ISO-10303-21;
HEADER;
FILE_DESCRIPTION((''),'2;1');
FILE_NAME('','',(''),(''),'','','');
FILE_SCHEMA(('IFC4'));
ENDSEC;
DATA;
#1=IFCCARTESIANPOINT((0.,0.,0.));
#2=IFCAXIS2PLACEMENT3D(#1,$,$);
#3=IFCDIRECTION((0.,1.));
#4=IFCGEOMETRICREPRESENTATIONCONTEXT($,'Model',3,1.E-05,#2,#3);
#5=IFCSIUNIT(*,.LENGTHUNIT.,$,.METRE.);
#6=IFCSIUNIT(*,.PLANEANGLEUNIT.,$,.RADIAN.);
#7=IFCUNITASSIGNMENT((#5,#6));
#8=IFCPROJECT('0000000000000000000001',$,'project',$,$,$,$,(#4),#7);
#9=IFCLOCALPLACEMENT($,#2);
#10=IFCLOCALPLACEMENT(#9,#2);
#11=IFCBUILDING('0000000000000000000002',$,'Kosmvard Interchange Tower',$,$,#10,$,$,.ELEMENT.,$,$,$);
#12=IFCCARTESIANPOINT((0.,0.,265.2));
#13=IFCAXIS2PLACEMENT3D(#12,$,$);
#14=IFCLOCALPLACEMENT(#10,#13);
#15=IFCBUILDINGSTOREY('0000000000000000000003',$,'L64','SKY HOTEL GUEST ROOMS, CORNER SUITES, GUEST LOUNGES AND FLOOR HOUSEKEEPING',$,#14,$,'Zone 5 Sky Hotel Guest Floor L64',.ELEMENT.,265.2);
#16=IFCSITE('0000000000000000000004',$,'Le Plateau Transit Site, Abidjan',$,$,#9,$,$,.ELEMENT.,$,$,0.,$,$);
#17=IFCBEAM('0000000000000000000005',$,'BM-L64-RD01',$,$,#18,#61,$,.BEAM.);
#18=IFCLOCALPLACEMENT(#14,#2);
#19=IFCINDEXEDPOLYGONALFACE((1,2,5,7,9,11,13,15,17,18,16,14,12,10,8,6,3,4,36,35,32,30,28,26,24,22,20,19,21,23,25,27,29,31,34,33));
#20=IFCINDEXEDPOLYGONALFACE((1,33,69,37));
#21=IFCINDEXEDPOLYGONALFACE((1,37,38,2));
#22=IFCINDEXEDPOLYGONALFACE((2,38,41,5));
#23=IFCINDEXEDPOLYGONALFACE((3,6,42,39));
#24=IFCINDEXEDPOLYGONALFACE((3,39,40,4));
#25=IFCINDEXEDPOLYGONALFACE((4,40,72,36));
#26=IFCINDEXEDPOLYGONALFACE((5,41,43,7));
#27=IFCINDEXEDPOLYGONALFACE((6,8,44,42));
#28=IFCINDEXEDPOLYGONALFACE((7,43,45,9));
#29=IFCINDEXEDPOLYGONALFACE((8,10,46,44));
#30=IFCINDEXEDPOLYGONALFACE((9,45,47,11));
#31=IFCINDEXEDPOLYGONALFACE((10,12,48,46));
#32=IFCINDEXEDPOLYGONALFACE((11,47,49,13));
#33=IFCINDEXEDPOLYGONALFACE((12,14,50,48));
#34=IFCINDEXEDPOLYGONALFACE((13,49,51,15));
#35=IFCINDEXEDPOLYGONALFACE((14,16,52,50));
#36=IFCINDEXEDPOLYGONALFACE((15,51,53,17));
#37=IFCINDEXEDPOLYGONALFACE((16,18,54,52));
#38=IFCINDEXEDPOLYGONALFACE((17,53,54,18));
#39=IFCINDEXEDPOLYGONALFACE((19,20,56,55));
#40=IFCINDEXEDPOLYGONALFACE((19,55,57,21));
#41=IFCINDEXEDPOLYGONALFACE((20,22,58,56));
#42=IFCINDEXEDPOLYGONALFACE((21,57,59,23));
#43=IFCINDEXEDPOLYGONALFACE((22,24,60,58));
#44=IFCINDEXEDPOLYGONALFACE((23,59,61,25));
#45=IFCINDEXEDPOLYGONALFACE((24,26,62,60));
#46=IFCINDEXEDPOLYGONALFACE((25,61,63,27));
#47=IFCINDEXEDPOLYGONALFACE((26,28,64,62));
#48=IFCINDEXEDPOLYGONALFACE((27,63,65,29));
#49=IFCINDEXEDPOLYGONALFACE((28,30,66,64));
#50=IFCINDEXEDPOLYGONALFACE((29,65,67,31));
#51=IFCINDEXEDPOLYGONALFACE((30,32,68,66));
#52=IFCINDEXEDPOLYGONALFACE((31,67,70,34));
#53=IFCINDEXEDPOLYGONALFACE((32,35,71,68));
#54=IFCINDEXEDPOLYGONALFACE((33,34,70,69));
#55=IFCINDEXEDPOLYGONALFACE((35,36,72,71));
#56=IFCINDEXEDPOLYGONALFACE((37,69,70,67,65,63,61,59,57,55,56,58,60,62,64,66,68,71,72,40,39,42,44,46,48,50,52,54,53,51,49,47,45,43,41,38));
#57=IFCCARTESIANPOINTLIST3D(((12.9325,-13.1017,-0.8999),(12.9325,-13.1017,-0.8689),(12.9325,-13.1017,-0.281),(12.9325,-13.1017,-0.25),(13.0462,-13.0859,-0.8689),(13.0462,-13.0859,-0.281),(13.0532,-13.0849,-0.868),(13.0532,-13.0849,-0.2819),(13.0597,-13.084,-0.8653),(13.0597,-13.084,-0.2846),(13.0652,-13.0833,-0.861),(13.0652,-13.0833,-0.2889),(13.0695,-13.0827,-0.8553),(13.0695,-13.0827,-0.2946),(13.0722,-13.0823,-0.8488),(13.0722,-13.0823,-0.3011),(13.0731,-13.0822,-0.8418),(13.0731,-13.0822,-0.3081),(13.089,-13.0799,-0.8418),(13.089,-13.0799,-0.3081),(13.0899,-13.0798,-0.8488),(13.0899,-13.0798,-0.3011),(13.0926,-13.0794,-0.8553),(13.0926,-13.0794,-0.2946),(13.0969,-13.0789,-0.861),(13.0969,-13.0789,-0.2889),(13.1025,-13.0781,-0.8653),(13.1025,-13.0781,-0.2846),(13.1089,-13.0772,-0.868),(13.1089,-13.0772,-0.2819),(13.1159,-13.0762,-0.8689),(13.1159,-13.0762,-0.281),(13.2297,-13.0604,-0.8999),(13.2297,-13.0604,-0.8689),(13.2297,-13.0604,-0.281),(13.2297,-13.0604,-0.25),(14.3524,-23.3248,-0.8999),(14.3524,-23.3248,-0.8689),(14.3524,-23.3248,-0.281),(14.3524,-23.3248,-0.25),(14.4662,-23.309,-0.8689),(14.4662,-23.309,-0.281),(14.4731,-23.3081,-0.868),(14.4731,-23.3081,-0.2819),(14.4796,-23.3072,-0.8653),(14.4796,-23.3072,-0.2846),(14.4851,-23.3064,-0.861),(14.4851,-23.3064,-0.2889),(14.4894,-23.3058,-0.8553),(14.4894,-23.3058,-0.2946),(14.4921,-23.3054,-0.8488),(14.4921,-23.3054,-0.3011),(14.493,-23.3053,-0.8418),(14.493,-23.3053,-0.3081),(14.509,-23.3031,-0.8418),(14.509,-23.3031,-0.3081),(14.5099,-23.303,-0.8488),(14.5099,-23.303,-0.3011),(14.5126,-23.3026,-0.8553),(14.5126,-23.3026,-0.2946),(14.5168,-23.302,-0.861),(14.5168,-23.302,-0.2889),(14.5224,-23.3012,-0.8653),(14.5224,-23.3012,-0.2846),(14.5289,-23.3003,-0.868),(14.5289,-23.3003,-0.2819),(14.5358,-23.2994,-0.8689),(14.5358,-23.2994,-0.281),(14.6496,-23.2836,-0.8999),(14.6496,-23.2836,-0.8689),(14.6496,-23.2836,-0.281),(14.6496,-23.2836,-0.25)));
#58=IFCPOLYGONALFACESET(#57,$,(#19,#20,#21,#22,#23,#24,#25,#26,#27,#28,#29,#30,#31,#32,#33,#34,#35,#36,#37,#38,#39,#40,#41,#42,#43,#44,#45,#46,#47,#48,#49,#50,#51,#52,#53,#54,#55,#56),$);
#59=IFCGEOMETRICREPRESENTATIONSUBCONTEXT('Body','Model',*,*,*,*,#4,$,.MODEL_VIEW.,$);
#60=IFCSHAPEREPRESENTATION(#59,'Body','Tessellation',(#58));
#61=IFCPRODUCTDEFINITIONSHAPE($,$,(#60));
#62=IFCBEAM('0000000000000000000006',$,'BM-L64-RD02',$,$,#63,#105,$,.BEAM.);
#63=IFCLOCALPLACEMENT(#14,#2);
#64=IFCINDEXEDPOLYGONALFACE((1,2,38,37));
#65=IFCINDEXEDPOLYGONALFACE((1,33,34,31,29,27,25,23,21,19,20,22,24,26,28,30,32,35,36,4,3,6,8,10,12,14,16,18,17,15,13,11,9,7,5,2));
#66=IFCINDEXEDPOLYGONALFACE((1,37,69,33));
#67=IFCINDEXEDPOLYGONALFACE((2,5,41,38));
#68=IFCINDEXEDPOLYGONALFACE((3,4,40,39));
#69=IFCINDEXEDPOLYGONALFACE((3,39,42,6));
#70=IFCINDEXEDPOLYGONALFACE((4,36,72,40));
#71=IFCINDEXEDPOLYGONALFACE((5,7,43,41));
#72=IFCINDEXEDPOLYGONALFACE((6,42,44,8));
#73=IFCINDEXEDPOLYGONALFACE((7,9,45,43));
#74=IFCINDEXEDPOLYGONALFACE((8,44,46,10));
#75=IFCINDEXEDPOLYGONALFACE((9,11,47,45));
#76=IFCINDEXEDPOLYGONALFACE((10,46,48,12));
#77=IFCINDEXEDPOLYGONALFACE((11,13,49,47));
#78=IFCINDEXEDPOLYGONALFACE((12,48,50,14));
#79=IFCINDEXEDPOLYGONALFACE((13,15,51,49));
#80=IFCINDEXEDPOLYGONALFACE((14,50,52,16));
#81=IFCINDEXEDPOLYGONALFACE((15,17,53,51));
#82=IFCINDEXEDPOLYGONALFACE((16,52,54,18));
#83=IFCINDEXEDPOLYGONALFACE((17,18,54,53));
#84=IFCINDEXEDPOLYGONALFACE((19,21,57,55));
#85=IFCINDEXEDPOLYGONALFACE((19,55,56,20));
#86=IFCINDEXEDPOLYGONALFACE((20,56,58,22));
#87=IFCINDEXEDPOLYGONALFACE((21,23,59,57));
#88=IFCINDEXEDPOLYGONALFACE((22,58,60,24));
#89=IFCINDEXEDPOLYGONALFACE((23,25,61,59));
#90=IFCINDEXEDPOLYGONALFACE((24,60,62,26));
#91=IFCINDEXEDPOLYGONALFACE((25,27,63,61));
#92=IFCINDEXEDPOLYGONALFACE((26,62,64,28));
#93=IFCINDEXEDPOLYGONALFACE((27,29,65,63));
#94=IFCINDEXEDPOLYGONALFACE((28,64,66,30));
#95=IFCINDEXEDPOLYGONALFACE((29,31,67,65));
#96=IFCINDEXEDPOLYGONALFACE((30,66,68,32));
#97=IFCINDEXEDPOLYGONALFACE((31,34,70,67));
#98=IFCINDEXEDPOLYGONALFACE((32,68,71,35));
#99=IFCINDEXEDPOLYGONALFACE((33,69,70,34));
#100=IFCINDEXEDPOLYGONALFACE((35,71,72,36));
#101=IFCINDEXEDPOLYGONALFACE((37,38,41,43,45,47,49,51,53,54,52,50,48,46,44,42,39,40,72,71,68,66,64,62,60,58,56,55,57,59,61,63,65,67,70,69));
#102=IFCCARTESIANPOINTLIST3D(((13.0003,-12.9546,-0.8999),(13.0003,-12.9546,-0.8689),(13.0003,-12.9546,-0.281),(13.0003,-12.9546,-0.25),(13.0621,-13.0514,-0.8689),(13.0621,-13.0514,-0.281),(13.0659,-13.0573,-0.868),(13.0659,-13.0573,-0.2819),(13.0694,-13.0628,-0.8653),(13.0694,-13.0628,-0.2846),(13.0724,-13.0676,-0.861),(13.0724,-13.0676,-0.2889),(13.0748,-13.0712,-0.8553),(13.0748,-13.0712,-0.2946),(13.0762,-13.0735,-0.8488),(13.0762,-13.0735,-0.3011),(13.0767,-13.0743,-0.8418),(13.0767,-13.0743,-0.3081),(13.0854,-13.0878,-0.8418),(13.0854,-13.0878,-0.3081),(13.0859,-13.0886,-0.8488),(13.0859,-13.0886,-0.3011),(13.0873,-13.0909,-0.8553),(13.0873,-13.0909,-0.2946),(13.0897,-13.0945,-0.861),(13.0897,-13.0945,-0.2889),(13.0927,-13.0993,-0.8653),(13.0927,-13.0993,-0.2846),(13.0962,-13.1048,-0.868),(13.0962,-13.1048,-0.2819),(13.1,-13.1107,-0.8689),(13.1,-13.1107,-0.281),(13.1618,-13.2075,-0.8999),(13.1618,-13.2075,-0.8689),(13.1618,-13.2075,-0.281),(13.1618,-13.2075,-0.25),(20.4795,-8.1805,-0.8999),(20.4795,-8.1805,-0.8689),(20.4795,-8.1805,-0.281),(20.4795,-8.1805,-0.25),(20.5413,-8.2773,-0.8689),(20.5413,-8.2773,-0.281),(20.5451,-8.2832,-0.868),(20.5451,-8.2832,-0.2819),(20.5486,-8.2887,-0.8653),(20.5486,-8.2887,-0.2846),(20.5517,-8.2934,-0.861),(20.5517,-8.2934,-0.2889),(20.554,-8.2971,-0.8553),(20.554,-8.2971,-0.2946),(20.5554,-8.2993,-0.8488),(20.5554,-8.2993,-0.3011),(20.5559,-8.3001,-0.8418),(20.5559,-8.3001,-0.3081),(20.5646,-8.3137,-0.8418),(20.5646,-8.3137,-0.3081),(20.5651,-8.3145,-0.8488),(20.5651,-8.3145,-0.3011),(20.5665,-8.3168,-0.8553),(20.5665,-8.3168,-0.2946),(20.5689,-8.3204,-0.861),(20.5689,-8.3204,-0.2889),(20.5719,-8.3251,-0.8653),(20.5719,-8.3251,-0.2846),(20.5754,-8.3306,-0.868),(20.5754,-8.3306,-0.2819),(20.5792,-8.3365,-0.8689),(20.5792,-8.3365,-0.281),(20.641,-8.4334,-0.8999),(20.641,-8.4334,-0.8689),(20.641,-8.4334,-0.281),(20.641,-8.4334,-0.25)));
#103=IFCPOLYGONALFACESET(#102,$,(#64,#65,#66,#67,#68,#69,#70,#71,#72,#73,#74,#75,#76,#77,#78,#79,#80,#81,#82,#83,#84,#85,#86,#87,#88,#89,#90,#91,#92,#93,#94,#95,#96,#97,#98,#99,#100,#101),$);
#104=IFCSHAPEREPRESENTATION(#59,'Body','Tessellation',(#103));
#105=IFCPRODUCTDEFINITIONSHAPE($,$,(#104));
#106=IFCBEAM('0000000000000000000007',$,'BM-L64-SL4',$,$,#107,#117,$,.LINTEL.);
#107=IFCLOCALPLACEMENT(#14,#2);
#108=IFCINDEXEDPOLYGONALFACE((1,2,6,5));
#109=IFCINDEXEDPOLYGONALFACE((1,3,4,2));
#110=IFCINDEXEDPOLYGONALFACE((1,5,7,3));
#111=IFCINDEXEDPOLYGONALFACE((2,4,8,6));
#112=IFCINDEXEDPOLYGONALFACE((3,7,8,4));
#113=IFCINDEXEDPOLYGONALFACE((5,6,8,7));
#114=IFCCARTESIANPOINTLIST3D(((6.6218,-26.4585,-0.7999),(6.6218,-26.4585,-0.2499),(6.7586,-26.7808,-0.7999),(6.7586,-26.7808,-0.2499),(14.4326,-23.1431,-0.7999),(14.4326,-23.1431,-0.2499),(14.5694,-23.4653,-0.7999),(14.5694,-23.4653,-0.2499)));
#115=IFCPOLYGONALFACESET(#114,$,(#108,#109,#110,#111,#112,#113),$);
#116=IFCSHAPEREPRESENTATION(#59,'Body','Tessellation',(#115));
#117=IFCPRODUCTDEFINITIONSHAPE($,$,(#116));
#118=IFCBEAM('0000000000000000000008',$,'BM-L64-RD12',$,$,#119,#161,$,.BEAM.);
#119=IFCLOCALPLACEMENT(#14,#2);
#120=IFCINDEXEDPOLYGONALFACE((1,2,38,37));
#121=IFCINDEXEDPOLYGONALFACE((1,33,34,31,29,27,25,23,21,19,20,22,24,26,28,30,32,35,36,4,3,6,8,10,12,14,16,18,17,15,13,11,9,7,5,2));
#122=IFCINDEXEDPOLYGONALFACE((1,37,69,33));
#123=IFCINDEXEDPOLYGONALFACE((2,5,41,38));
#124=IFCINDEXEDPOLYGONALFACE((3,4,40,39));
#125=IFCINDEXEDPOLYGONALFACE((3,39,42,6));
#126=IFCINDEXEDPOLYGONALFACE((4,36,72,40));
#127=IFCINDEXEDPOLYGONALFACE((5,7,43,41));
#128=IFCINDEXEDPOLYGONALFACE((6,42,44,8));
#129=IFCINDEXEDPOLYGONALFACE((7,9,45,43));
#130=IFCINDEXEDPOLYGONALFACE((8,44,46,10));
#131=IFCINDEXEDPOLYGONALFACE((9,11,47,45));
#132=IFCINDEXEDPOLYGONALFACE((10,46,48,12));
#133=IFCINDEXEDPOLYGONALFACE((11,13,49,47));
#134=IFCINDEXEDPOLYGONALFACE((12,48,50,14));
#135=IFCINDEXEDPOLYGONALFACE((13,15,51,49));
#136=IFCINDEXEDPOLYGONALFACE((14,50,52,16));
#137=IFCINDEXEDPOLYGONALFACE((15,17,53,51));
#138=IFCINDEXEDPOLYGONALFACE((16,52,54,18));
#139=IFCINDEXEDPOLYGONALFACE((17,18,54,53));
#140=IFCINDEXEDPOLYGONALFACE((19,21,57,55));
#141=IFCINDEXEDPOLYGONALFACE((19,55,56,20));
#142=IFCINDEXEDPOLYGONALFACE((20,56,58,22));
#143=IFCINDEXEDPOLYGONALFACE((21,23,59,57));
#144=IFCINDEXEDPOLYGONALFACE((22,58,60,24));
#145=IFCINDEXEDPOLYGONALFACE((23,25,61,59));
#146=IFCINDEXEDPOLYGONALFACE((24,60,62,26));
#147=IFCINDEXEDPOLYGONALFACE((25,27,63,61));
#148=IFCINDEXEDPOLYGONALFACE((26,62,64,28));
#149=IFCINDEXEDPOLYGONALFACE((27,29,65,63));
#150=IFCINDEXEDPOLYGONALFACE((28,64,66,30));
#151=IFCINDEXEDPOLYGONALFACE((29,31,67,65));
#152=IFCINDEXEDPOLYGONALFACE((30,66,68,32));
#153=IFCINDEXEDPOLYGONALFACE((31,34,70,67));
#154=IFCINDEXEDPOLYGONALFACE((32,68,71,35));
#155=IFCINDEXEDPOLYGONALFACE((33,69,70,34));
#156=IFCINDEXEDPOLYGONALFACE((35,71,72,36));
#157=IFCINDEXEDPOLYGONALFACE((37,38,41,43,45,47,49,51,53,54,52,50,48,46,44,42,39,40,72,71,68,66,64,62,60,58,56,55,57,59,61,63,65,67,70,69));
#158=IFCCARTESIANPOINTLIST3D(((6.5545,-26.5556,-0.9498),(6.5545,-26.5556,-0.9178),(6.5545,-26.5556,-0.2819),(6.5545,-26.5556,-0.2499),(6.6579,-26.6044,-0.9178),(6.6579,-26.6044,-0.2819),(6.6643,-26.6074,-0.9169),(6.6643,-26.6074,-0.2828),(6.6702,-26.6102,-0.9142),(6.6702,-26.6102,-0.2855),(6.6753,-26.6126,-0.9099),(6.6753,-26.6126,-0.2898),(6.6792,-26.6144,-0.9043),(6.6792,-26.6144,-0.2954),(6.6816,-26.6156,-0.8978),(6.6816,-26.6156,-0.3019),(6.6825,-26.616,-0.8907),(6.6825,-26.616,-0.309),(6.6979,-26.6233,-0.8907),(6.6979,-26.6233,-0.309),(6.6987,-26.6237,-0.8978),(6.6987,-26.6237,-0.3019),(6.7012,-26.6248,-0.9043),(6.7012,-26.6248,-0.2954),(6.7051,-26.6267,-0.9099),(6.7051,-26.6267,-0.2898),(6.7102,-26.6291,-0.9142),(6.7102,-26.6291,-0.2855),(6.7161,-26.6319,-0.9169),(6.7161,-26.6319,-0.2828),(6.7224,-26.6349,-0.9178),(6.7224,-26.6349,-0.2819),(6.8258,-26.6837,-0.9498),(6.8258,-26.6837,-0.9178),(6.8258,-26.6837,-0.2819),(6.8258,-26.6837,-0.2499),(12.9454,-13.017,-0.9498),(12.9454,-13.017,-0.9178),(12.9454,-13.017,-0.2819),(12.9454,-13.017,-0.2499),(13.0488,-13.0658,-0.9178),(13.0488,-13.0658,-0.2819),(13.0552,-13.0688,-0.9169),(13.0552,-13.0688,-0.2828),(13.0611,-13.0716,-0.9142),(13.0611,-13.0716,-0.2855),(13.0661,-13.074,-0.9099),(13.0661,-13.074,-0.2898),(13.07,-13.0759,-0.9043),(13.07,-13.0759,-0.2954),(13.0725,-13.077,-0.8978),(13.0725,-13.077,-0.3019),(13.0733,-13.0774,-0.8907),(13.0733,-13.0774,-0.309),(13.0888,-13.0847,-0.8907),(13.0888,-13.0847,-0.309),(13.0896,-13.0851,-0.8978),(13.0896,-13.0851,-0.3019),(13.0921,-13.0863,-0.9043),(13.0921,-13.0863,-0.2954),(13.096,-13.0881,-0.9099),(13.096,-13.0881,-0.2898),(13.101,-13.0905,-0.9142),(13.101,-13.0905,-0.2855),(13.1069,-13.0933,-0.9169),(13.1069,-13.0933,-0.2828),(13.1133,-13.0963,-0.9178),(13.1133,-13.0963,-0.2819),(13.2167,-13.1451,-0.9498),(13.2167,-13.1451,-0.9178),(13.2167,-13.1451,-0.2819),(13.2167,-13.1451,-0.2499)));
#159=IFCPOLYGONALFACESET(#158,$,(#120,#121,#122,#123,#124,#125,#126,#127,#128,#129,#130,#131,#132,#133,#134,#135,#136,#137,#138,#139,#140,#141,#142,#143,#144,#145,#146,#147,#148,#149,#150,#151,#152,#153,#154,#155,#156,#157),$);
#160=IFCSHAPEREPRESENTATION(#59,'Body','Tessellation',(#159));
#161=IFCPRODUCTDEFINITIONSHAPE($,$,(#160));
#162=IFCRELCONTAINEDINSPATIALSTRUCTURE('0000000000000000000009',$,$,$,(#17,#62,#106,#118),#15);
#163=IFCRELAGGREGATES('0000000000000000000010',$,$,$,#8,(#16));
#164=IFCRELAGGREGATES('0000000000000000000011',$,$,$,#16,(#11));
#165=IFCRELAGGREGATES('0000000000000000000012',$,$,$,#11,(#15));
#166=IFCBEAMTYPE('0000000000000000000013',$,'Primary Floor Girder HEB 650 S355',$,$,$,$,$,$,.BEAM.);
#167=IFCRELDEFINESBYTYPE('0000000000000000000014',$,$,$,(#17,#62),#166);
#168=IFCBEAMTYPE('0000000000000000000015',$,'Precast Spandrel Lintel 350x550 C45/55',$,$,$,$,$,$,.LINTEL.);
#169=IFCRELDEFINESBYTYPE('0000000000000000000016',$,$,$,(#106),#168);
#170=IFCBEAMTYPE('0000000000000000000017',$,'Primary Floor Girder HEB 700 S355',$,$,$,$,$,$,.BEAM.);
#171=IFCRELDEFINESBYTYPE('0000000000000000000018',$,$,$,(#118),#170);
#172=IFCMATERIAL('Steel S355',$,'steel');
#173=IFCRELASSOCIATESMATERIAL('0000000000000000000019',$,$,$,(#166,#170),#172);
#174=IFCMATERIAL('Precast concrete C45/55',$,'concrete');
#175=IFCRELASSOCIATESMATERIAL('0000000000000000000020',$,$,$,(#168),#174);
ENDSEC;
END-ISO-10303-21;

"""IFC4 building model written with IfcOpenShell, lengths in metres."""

from ifc_helpers import new_model, si_unit, direction, frame, origin, origin_2d, place, context, subcontext, project, spatial, rectangle, i_section, extrude, source, transform, mapped, material, material_profile, profile_set, type_object, element, save


model = new_model("IFC4")

# Units and contexts
model_context = context("Model", 3, precision=1e-05, world=origin(), true_north=direction((0.0, 1.0)))
body_context = subcontext(model_context, "Body", "Model", "MODEL_VIEW")
ifc_project = project(units=[si_unit("LENGTHUNIT", "METRE"), si_unit("PLANEANGLEUNIT", "RADIAN")], contexts=[model_context])

# Site, building, storey
site_placement = place(None, origin())
site = spatial("IfcSite", under=ifc_project, at=site_placement, Name="Le Plateau Transit Site, Abidjan", CompositionType="ELEMENT", RefElevation=0.0)
building_placement = place(site_placement, origin())
building = spatial("IfcBuilding", under=site, at=building_placement, Name="Kosmvard Interchange Tower", CompositionType="ELEMENT")
storey_placement = place(building_placement, frame((0.0, 0.0, 265.2)))
storey = spatial("IfcBuildingStorey", under=building, at=storey_placement, Name="L64", Description="SKY HOTEL GUEST ROOMS, CORNER SUITES, GUEST LOUNGES AND FLOOR HOUSEKEEPING", LongName="Zone 5 Sky Hotel Guest Floor L64", CompositionType="ELEMENT", Elevation=265.2)

# Beams
ifc_material_1 = material(Name="Steel S355", Category="steel")
ifc_material_profile_1 = material_profile(ifc_material_1, i_section(OverallWidth=0.3, OverallDepth=0.6499, WebThickness=0.0161, FlangeThickness=0.031, FilletRadius=0.0271, at=origin_2d()), Name="HEB 650")
ifc_profile_set_1 = profile_set([ifc_material_profile_1], Name="Steel S355")
beam_type_1 = type_object("IfcBeamType", Name="Primary Floor Girder HEB 650 S355", PredefinedType="BEAM", material=ifc_profile_set_1)
shared_shape_1 = source(origin(), body_context, "Body", "SweptSolid", [
    extrude(i_section(OverallWidth=0.3, OverallDepth=0.6499, WebThickness=0.0161, FlangeThickness=0.031, FilletRadius=0.0271, at=origin_2d()), origin(), (0.0, 0.0, 1.0), 10.3213),
])
beam_1_placement = place(storey_placement, frame((13.0811, -13.0811, -0.575), z_axis=(0.137572, -0.990492, 0.0), x_axis=(0.990492, 0.137572, 0.0)))
element("IfcBeam", 1, at=beam_1_placement, inside=storey, type_object=beam_type_1, Name="BM-L64-RD01", PredefinedType="BEAM", context=body_context, shape_type="MappedRepresentation", body=[
    mapped(shared_shape_1, transform((0.0, 0.0, 0.0), scale=1.0)),
])
shared_shape_2 = source(origin(), body_context, "Body", "SweptSolid", [
    extrude(i_section(OverallWidth=0.3, OverallDepth=0.6499, WebThickness=0.0161, FlangeThickness=0.031, FilletRadius=0.0271, at=origin_2d()), origin(), (0.0, 0.0, 1.0), 8.873),
])
beam_2_placement = place(storey_placement, frame((13.0811, -13.0811, -0.575), z_axis=(0.842913, 0.53805, 0.0), x_axis=(-0.53805, 0.842913, 0.0)))
element("IfcBeam", 2, at=beam_2_placement, inside=storey, type_object=beam_type_1, Name="BM-L64-RD02", PredefinedType="BEAM", context=body_context, shape_type="MappedRepresentation", body=[
    mapped(shared_shape_2, transform((0.0, 0.0, 0.0), scale=1.0)),
])
ifc_material_2 = material(Name="Precast concrete C45/55", Category="concrete")
ifc_material_profile_2 = material_profile(ifc_material_2, rectangle(XDim=0.3501, YDim=0.55, at=origin_2d()), Name="SL 350x550")
ifc_profile_set_2 = profile_set([ifc_material_profile_2], Name="Precast concrete C45/55")
beam_type_2 = type_object("IfcBeamType", Name="Precast Spandrel Lintel 350x550 C45/55", PredefinedType="LINTEL", material=ifc_profile_set_2)
shared_shape_3 = source(origin(), body_context, "Body", "SweptSolid", [
    extrude(rectangle(XDim=0.3501, YDim=0.55, at=origin_2d()), origin(), (0.0, 0.0, 1.0), 8.4854),
])
beam_3_placement = place(storey_placement, frame((6.6902, -26.6196, -0.5249), z_axis=(0.920507, 0.390726, 0.0), x_axis=(-0.390726, 0.920507, 0.0)))
element("IfcBeam", 3, at=beam_3_placement, inside=storey, type_object=beam_type_2, Name="BM-L64-SL4", PredefinedType="LINTEL", context=body_context, shape_type="MappedRepresentation", body=[
    mapped(shared_shape_3, transform((0.0, 0.0, 0.0), scale=1.0)),
])
ifc_material_profile_3 = material_profile(ifc_material_1, i_section(OverallWidth=0.3, OverallDepth=0.7, WebThickness=0.0171, FlangeThickness=0.032, FilletRadius=0.0271, at=origin_2d()), Name="HEB 700")
ifc_profile_set_3 = profile_set([ifc_material_profile_3], Name="Steel S355")
beam_type_3 = type_object("IfcBeamType", Name="Primary Floor Girder HEB 700 S355", PredefinedType="BEAM", material=ifc_profile_set_3)
shared_shape_4 = source(origin(), body_context, "Body", "SweptSolid", [
    extrude(i_section(OverallWidth=0.3, OverallDepth=0.7, WebThickness=0.0171, FlangeThickness=0.032, FilletRadius=0.0271, at=origin_2d()), origin(), (0.0, 0.0, 1.0), 14.9712),
])
beam_4_placement = place(storey_placement, frame((13.0811, -13.0811, -0.5999), z_axis=(-0.426878, -0.904309, 0.0), x_axis=(0.904309, -0.426878, 0.0)))
element("IfcBeam", 4, at=beam_4_placement, inside=storey, type_object=beam_type_3, Name="BM-L64-RD12", PredefinedType="BEAM", context=body_context, shape_type="MappedRepresentation", body=[
    mapped(shared_shape_4, transform((0.0, 0.0, 0.0), scale=1.0)),
])

save(model, "model.ifc")
